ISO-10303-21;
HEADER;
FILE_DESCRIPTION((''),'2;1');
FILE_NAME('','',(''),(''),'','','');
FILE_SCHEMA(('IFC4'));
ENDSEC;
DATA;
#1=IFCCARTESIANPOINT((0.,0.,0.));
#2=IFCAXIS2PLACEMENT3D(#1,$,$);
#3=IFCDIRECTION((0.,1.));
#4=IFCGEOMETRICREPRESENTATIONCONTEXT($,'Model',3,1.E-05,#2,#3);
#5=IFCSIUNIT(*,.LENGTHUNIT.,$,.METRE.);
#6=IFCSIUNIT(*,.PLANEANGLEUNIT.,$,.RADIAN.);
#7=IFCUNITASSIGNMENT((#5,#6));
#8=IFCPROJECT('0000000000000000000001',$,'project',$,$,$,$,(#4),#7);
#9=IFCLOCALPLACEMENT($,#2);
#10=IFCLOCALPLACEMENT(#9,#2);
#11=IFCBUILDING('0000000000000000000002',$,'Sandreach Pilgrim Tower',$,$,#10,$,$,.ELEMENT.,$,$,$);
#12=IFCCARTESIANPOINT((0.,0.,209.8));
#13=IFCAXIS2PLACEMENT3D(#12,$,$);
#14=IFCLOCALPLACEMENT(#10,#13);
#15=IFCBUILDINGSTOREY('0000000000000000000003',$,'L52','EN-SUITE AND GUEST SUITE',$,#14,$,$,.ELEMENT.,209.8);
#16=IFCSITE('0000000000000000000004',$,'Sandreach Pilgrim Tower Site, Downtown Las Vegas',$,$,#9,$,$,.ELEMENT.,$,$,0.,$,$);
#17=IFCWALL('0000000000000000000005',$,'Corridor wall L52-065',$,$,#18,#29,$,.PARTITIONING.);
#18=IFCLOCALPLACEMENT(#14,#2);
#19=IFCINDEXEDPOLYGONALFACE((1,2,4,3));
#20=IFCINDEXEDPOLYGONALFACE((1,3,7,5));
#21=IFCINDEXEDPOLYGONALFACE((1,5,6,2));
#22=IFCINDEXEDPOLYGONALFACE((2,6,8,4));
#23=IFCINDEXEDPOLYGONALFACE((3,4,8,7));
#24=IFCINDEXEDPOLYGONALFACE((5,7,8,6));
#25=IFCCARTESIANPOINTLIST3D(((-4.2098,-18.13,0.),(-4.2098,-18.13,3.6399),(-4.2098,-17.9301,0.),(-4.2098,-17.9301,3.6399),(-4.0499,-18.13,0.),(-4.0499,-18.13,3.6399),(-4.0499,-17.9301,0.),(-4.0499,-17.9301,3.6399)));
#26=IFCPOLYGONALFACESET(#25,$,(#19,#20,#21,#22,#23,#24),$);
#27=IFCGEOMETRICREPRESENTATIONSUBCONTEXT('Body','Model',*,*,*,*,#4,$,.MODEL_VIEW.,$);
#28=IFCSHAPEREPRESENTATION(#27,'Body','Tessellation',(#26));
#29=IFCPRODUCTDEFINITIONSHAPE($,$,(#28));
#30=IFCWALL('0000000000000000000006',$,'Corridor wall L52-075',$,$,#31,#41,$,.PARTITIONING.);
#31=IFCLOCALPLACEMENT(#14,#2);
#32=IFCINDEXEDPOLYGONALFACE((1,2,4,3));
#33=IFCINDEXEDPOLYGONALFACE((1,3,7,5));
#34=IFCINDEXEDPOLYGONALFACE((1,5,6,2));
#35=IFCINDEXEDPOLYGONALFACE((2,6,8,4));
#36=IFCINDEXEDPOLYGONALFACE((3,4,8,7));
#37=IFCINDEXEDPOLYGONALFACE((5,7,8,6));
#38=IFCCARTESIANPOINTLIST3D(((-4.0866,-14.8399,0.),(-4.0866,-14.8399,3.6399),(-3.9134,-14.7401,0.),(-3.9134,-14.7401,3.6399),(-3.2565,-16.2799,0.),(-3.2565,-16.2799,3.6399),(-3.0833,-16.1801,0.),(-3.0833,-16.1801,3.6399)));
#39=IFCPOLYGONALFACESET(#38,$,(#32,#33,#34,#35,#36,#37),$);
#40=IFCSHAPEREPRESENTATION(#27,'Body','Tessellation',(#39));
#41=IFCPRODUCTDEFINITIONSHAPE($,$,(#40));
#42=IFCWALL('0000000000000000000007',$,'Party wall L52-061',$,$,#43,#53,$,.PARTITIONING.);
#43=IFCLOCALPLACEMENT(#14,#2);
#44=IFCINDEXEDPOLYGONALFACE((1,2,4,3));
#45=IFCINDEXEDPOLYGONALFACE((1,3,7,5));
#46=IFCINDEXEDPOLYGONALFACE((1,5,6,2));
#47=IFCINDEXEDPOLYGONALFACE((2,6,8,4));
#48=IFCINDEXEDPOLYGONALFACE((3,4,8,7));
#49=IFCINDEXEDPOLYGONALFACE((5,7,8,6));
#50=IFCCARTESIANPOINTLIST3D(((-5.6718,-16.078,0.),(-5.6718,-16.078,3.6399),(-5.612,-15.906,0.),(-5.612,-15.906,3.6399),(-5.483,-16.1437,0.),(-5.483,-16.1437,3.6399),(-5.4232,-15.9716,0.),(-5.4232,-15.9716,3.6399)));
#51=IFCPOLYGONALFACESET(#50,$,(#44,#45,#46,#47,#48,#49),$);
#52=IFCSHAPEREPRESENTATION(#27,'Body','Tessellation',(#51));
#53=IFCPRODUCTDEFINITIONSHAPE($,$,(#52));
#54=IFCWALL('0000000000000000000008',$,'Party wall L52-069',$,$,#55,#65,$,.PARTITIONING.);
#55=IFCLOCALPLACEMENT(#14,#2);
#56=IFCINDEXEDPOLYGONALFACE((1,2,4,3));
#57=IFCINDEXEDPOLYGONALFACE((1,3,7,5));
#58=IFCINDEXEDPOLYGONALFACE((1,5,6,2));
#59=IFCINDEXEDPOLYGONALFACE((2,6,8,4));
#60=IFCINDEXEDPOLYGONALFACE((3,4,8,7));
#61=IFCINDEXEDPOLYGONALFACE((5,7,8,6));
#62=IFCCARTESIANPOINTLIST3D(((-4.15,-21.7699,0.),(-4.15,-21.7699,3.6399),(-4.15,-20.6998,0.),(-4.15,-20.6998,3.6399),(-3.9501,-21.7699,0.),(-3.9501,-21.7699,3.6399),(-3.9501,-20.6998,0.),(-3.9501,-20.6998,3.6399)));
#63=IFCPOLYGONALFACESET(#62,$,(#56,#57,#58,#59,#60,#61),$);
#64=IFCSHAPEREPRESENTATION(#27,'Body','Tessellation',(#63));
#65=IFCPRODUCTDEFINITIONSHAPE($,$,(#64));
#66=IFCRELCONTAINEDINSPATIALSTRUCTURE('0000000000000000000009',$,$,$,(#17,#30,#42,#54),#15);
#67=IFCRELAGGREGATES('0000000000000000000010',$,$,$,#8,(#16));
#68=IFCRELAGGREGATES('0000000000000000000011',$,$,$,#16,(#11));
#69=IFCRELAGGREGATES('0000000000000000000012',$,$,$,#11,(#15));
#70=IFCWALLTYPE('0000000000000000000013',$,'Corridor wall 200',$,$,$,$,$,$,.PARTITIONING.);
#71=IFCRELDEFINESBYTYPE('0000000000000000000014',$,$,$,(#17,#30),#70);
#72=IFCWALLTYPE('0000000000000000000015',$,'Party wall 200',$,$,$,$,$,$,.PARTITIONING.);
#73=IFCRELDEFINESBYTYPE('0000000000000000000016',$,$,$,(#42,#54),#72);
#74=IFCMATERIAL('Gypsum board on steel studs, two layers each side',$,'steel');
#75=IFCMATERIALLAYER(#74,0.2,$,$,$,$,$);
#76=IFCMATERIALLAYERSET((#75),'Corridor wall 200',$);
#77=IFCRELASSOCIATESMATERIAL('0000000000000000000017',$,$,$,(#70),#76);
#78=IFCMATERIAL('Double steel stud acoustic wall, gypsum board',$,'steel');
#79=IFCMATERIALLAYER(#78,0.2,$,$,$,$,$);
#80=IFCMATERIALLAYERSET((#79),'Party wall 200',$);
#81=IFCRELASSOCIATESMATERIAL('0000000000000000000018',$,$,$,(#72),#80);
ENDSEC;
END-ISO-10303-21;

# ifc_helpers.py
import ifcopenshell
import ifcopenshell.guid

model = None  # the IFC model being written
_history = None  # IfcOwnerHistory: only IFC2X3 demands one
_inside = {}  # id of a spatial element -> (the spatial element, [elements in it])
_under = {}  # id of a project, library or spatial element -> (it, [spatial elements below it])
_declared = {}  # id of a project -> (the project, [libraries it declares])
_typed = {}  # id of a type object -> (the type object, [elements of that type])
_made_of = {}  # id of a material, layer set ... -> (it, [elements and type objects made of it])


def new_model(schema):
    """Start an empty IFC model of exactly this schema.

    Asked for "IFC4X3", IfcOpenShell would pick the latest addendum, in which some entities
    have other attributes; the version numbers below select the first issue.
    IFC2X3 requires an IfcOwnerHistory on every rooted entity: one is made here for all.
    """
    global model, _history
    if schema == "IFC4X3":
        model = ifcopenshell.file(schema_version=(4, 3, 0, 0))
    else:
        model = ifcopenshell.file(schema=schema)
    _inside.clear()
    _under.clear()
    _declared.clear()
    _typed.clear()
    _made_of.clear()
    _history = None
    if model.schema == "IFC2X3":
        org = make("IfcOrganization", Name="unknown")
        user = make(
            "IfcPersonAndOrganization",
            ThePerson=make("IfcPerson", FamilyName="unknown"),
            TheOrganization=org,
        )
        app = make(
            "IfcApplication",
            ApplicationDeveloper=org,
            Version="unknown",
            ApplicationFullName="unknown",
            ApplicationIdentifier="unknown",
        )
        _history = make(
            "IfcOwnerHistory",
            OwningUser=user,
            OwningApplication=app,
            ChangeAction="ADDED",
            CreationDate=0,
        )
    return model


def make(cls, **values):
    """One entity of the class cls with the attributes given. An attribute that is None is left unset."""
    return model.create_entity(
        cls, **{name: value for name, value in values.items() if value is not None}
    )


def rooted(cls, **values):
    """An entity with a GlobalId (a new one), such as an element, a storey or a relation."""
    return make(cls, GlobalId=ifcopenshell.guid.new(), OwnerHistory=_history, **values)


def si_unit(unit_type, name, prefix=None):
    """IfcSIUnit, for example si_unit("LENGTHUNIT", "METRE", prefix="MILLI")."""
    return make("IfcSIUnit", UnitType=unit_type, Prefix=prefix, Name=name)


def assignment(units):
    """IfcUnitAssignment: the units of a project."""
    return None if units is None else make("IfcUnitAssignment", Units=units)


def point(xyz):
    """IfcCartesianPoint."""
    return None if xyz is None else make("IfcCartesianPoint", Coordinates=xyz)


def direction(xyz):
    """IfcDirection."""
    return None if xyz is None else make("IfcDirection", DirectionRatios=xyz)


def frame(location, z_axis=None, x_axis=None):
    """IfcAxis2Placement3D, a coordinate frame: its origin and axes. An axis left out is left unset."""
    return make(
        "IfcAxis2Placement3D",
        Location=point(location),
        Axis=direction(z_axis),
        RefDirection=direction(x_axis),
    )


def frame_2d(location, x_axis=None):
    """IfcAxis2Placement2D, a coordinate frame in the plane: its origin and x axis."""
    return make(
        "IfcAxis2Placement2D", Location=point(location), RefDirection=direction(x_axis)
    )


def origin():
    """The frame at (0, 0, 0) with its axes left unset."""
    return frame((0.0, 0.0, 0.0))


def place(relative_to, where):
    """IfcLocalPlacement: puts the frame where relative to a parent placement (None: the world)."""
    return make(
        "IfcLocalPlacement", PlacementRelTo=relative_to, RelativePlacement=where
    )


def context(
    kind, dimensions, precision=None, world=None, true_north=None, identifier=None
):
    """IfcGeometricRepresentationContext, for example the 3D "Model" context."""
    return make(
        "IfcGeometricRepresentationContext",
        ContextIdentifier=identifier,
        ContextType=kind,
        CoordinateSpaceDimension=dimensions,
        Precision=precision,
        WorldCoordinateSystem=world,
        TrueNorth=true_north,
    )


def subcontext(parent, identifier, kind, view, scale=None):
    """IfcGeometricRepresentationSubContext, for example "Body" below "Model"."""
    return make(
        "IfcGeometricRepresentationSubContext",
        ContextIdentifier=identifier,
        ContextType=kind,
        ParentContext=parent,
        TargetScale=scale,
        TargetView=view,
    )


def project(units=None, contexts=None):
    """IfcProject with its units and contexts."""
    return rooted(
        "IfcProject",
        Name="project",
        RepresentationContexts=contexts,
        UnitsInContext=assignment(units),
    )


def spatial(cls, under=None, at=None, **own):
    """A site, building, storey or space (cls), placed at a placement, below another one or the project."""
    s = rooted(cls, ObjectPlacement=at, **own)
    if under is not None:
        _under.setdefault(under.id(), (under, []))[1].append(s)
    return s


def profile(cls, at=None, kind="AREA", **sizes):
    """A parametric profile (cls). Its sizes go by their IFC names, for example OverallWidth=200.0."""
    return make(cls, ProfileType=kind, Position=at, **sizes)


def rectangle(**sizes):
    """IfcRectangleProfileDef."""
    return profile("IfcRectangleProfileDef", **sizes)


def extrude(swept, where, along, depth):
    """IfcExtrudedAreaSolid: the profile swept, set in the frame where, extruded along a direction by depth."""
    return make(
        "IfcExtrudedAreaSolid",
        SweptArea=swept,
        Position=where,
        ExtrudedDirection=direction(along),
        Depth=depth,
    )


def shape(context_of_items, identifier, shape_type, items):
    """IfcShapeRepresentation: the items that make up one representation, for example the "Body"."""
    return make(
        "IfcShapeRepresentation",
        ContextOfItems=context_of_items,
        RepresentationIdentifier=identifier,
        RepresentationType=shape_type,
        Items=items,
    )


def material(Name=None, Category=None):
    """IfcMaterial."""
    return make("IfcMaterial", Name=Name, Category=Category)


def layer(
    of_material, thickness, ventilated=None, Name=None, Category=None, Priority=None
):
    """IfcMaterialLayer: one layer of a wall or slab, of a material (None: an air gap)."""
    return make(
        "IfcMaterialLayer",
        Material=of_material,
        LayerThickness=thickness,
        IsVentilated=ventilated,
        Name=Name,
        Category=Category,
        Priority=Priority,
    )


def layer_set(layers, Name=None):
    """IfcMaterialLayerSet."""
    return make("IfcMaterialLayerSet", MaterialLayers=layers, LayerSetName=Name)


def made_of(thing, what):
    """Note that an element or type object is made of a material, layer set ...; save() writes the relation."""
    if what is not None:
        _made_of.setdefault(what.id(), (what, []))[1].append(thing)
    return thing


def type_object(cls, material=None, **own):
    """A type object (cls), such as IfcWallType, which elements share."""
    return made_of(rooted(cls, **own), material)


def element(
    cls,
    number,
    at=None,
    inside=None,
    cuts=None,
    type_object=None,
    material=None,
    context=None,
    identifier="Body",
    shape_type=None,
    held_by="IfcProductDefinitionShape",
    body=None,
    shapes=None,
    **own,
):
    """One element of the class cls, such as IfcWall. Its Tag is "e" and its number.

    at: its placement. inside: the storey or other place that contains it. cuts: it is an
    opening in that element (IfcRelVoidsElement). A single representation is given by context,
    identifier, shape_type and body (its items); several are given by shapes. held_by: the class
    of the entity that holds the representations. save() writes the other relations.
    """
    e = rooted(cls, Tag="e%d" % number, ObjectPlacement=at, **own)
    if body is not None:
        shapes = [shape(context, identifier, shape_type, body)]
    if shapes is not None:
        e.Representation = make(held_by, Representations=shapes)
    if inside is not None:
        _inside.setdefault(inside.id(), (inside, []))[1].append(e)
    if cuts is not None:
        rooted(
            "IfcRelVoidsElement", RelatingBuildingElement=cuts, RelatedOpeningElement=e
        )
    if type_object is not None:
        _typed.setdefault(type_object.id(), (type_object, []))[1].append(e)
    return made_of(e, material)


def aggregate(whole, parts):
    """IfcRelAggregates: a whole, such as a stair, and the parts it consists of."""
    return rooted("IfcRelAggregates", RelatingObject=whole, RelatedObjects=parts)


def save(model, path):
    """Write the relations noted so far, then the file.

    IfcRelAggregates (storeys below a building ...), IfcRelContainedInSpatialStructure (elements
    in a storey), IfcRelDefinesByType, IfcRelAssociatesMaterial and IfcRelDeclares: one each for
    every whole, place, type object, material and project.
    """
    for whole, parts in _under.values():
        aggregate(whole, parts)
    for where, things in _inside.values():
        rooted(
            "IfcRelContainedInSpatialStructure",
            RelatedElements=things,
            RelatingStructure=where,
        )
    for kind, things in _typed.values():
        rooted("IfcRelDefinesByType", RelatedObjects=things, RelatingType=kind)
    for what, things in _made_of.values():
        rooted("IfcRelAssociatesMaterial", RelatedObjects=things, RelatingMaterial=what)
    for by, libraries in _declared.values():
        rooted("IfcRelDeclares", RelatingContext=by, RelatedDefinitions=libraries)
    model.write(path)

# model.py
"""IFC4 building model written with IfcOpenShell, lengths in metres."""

from ifc_helpers import new_model, si_unit, direction, frame, frame_2d, origin, place, context, subcontext, project, spatial, rectangle, extrude, material, layer, layer_set, type_object, element, save


model = new_model("IFC4")

# Units and contexts
model_context = context("Model", 3, precision=1e-05, world=origin(), true_north=direction((0.0, 1.0)))
body_context = subcontext(model_context, "Body", "Model", "MODEL_VIEW")
ifc_project = project(units=[si_unit("LENGTHUNIT", "METRE"), si_unit("PLANEANGLEUNIT", "RADIAN")], contexts=[model_context])

# Site, building, storey
site_placement = place(None, origin())
site = spatial("IfcSite", under=ifc_project, at=site_placement, Name="Sandreach Pilgrim Tower Site, Downtown Las Vegas", CompositionType="ELEMENT", RefElevation=0.0)
building_placement = place(site_placement, origin())
building = spatial("IfcBuilding", under=site, at=building_placement, Name="Sandreach Pilgrim Tower", CompositionType="ELEMENT")
storey_placement = place(building_placement, frame((0.0, 0.0, 209.8)))
storey = spatial("IfcBuildingStorey", under=building, at=storey_placement, Name="L52", Description="EN-SUITE AND GUEST SUITE", CompositionType="ELEMENT", Elevation=209.8)

# Shared definitions
ifc_material_1 = material(Name="Gypsum board on steel studs, two layers each side", Category="steel")
ifc_layer_1 = layer(ifc_material_1, 0.2)
ifc_layer_set_1 = layer_set([ifc_layer_1], Name="Corridor wall 200")
wall_type_1 = type_object("IfcWallType", Name="Corridor wall 200", PredefinedType="PARTITIONING", material=ifc_layer_set_1)

# Wall
wall_1_placement = place(storey_placement, frame((-4.21, -18.03, 0.0), z_axis=(0.0, 0.0, 1.0), x_axis=(1.0, 0.0, 0.0)))
element("IfcWall", 1, at=wall_1_placement, inside=storey, type_object=wall_type_1, Name="Corridor wall L52-065", PredefinedType="PARTITIONING", context=body_context, shape_type="SweptSolid", body=[
    extrude(rectangle(XDim=0.1599, YDim=0.2, at=frame_2d((0.0801, 0.0))), origin(), (0.0, 0.0, 1.0), 3.6399),
])

# Wall
wall_2_placement = place(storey_placement, frame((-3.1699, -16.23, 0.0), z_axis=(0.0, 0.0, 1.0), x_axis=(-0.499426, 0.866357, 0.0)))
element("IfcWall", 2, at=wall_2_placement, inside=storey, type_object=wall_type_1, Name="Corridor wall L52-075", PredefinedType="PARTITIONING", context=body_context, shape_type="SweptSolid", body=[
    extrude(rectangle(XDim=1.6621, YDim=0.2, at=frame_2d((0.8311, 0.0))), origin(), (0.0, 0.0, 1.0), 3.6399),
])

# Walls
ifc_material_2 = material(Name="Double steel stud acoustic wall, gypsum board", Category="steel")
ifc_layer_2 = layer(ifc_material_2, 0.2)
ifc_layer_set_2 = layer_set([ifc_layer_2], Name="Party wall 200")
wall_type_2 = type_object("IfcWallType", Name="Party wall 200", PredefinedType="PARTITIONING", material=ifc_layer_set_2)
wall_3_placement = place(storey_placement, frame((-5.5774, -16.1108, 0.0), z_axis=(0.0, 0.0, 1.0), x_axis=(0.328261, 0.944587, 0.0)))
element("IfcWall", 3, at=wall_3_placement, inside=storey, type_object=wall_type_2, Name="Party wall L52-061", PredefinedType="PARTITIONING", context=body_context, shape_type="SweptSolid", body=[
    extrude(rectangle(XDim=0.1821, YDim=0.2, at=frame_2d((0.0911, 0.0))), origin(), (0.0, 0.0, 1.0), 3.6399),
])
wall_4_placement = place(storey_placement, frame((-4.05, -21.77, 0.0), z_axis=(0.0, 0.0, 1.0), x_axis=(0.0, 1.0, 0.0)))
element("IfcWall", 4, at=wall_4_placement, inside=storey, type_object=wall_type_2, Name="Party wall L52-069", PredefinedType="PARTITIONING", context=body_context, shape_type="SweptSolid", body=[
    extrude(rectangle(XDim=1.0701, YDim=0.2, at=frame_2d((0.5352, 0.0))), origin(), (0.0, 0.0, 1.0), 3.6399),
])

save(model, "model.ifc")
